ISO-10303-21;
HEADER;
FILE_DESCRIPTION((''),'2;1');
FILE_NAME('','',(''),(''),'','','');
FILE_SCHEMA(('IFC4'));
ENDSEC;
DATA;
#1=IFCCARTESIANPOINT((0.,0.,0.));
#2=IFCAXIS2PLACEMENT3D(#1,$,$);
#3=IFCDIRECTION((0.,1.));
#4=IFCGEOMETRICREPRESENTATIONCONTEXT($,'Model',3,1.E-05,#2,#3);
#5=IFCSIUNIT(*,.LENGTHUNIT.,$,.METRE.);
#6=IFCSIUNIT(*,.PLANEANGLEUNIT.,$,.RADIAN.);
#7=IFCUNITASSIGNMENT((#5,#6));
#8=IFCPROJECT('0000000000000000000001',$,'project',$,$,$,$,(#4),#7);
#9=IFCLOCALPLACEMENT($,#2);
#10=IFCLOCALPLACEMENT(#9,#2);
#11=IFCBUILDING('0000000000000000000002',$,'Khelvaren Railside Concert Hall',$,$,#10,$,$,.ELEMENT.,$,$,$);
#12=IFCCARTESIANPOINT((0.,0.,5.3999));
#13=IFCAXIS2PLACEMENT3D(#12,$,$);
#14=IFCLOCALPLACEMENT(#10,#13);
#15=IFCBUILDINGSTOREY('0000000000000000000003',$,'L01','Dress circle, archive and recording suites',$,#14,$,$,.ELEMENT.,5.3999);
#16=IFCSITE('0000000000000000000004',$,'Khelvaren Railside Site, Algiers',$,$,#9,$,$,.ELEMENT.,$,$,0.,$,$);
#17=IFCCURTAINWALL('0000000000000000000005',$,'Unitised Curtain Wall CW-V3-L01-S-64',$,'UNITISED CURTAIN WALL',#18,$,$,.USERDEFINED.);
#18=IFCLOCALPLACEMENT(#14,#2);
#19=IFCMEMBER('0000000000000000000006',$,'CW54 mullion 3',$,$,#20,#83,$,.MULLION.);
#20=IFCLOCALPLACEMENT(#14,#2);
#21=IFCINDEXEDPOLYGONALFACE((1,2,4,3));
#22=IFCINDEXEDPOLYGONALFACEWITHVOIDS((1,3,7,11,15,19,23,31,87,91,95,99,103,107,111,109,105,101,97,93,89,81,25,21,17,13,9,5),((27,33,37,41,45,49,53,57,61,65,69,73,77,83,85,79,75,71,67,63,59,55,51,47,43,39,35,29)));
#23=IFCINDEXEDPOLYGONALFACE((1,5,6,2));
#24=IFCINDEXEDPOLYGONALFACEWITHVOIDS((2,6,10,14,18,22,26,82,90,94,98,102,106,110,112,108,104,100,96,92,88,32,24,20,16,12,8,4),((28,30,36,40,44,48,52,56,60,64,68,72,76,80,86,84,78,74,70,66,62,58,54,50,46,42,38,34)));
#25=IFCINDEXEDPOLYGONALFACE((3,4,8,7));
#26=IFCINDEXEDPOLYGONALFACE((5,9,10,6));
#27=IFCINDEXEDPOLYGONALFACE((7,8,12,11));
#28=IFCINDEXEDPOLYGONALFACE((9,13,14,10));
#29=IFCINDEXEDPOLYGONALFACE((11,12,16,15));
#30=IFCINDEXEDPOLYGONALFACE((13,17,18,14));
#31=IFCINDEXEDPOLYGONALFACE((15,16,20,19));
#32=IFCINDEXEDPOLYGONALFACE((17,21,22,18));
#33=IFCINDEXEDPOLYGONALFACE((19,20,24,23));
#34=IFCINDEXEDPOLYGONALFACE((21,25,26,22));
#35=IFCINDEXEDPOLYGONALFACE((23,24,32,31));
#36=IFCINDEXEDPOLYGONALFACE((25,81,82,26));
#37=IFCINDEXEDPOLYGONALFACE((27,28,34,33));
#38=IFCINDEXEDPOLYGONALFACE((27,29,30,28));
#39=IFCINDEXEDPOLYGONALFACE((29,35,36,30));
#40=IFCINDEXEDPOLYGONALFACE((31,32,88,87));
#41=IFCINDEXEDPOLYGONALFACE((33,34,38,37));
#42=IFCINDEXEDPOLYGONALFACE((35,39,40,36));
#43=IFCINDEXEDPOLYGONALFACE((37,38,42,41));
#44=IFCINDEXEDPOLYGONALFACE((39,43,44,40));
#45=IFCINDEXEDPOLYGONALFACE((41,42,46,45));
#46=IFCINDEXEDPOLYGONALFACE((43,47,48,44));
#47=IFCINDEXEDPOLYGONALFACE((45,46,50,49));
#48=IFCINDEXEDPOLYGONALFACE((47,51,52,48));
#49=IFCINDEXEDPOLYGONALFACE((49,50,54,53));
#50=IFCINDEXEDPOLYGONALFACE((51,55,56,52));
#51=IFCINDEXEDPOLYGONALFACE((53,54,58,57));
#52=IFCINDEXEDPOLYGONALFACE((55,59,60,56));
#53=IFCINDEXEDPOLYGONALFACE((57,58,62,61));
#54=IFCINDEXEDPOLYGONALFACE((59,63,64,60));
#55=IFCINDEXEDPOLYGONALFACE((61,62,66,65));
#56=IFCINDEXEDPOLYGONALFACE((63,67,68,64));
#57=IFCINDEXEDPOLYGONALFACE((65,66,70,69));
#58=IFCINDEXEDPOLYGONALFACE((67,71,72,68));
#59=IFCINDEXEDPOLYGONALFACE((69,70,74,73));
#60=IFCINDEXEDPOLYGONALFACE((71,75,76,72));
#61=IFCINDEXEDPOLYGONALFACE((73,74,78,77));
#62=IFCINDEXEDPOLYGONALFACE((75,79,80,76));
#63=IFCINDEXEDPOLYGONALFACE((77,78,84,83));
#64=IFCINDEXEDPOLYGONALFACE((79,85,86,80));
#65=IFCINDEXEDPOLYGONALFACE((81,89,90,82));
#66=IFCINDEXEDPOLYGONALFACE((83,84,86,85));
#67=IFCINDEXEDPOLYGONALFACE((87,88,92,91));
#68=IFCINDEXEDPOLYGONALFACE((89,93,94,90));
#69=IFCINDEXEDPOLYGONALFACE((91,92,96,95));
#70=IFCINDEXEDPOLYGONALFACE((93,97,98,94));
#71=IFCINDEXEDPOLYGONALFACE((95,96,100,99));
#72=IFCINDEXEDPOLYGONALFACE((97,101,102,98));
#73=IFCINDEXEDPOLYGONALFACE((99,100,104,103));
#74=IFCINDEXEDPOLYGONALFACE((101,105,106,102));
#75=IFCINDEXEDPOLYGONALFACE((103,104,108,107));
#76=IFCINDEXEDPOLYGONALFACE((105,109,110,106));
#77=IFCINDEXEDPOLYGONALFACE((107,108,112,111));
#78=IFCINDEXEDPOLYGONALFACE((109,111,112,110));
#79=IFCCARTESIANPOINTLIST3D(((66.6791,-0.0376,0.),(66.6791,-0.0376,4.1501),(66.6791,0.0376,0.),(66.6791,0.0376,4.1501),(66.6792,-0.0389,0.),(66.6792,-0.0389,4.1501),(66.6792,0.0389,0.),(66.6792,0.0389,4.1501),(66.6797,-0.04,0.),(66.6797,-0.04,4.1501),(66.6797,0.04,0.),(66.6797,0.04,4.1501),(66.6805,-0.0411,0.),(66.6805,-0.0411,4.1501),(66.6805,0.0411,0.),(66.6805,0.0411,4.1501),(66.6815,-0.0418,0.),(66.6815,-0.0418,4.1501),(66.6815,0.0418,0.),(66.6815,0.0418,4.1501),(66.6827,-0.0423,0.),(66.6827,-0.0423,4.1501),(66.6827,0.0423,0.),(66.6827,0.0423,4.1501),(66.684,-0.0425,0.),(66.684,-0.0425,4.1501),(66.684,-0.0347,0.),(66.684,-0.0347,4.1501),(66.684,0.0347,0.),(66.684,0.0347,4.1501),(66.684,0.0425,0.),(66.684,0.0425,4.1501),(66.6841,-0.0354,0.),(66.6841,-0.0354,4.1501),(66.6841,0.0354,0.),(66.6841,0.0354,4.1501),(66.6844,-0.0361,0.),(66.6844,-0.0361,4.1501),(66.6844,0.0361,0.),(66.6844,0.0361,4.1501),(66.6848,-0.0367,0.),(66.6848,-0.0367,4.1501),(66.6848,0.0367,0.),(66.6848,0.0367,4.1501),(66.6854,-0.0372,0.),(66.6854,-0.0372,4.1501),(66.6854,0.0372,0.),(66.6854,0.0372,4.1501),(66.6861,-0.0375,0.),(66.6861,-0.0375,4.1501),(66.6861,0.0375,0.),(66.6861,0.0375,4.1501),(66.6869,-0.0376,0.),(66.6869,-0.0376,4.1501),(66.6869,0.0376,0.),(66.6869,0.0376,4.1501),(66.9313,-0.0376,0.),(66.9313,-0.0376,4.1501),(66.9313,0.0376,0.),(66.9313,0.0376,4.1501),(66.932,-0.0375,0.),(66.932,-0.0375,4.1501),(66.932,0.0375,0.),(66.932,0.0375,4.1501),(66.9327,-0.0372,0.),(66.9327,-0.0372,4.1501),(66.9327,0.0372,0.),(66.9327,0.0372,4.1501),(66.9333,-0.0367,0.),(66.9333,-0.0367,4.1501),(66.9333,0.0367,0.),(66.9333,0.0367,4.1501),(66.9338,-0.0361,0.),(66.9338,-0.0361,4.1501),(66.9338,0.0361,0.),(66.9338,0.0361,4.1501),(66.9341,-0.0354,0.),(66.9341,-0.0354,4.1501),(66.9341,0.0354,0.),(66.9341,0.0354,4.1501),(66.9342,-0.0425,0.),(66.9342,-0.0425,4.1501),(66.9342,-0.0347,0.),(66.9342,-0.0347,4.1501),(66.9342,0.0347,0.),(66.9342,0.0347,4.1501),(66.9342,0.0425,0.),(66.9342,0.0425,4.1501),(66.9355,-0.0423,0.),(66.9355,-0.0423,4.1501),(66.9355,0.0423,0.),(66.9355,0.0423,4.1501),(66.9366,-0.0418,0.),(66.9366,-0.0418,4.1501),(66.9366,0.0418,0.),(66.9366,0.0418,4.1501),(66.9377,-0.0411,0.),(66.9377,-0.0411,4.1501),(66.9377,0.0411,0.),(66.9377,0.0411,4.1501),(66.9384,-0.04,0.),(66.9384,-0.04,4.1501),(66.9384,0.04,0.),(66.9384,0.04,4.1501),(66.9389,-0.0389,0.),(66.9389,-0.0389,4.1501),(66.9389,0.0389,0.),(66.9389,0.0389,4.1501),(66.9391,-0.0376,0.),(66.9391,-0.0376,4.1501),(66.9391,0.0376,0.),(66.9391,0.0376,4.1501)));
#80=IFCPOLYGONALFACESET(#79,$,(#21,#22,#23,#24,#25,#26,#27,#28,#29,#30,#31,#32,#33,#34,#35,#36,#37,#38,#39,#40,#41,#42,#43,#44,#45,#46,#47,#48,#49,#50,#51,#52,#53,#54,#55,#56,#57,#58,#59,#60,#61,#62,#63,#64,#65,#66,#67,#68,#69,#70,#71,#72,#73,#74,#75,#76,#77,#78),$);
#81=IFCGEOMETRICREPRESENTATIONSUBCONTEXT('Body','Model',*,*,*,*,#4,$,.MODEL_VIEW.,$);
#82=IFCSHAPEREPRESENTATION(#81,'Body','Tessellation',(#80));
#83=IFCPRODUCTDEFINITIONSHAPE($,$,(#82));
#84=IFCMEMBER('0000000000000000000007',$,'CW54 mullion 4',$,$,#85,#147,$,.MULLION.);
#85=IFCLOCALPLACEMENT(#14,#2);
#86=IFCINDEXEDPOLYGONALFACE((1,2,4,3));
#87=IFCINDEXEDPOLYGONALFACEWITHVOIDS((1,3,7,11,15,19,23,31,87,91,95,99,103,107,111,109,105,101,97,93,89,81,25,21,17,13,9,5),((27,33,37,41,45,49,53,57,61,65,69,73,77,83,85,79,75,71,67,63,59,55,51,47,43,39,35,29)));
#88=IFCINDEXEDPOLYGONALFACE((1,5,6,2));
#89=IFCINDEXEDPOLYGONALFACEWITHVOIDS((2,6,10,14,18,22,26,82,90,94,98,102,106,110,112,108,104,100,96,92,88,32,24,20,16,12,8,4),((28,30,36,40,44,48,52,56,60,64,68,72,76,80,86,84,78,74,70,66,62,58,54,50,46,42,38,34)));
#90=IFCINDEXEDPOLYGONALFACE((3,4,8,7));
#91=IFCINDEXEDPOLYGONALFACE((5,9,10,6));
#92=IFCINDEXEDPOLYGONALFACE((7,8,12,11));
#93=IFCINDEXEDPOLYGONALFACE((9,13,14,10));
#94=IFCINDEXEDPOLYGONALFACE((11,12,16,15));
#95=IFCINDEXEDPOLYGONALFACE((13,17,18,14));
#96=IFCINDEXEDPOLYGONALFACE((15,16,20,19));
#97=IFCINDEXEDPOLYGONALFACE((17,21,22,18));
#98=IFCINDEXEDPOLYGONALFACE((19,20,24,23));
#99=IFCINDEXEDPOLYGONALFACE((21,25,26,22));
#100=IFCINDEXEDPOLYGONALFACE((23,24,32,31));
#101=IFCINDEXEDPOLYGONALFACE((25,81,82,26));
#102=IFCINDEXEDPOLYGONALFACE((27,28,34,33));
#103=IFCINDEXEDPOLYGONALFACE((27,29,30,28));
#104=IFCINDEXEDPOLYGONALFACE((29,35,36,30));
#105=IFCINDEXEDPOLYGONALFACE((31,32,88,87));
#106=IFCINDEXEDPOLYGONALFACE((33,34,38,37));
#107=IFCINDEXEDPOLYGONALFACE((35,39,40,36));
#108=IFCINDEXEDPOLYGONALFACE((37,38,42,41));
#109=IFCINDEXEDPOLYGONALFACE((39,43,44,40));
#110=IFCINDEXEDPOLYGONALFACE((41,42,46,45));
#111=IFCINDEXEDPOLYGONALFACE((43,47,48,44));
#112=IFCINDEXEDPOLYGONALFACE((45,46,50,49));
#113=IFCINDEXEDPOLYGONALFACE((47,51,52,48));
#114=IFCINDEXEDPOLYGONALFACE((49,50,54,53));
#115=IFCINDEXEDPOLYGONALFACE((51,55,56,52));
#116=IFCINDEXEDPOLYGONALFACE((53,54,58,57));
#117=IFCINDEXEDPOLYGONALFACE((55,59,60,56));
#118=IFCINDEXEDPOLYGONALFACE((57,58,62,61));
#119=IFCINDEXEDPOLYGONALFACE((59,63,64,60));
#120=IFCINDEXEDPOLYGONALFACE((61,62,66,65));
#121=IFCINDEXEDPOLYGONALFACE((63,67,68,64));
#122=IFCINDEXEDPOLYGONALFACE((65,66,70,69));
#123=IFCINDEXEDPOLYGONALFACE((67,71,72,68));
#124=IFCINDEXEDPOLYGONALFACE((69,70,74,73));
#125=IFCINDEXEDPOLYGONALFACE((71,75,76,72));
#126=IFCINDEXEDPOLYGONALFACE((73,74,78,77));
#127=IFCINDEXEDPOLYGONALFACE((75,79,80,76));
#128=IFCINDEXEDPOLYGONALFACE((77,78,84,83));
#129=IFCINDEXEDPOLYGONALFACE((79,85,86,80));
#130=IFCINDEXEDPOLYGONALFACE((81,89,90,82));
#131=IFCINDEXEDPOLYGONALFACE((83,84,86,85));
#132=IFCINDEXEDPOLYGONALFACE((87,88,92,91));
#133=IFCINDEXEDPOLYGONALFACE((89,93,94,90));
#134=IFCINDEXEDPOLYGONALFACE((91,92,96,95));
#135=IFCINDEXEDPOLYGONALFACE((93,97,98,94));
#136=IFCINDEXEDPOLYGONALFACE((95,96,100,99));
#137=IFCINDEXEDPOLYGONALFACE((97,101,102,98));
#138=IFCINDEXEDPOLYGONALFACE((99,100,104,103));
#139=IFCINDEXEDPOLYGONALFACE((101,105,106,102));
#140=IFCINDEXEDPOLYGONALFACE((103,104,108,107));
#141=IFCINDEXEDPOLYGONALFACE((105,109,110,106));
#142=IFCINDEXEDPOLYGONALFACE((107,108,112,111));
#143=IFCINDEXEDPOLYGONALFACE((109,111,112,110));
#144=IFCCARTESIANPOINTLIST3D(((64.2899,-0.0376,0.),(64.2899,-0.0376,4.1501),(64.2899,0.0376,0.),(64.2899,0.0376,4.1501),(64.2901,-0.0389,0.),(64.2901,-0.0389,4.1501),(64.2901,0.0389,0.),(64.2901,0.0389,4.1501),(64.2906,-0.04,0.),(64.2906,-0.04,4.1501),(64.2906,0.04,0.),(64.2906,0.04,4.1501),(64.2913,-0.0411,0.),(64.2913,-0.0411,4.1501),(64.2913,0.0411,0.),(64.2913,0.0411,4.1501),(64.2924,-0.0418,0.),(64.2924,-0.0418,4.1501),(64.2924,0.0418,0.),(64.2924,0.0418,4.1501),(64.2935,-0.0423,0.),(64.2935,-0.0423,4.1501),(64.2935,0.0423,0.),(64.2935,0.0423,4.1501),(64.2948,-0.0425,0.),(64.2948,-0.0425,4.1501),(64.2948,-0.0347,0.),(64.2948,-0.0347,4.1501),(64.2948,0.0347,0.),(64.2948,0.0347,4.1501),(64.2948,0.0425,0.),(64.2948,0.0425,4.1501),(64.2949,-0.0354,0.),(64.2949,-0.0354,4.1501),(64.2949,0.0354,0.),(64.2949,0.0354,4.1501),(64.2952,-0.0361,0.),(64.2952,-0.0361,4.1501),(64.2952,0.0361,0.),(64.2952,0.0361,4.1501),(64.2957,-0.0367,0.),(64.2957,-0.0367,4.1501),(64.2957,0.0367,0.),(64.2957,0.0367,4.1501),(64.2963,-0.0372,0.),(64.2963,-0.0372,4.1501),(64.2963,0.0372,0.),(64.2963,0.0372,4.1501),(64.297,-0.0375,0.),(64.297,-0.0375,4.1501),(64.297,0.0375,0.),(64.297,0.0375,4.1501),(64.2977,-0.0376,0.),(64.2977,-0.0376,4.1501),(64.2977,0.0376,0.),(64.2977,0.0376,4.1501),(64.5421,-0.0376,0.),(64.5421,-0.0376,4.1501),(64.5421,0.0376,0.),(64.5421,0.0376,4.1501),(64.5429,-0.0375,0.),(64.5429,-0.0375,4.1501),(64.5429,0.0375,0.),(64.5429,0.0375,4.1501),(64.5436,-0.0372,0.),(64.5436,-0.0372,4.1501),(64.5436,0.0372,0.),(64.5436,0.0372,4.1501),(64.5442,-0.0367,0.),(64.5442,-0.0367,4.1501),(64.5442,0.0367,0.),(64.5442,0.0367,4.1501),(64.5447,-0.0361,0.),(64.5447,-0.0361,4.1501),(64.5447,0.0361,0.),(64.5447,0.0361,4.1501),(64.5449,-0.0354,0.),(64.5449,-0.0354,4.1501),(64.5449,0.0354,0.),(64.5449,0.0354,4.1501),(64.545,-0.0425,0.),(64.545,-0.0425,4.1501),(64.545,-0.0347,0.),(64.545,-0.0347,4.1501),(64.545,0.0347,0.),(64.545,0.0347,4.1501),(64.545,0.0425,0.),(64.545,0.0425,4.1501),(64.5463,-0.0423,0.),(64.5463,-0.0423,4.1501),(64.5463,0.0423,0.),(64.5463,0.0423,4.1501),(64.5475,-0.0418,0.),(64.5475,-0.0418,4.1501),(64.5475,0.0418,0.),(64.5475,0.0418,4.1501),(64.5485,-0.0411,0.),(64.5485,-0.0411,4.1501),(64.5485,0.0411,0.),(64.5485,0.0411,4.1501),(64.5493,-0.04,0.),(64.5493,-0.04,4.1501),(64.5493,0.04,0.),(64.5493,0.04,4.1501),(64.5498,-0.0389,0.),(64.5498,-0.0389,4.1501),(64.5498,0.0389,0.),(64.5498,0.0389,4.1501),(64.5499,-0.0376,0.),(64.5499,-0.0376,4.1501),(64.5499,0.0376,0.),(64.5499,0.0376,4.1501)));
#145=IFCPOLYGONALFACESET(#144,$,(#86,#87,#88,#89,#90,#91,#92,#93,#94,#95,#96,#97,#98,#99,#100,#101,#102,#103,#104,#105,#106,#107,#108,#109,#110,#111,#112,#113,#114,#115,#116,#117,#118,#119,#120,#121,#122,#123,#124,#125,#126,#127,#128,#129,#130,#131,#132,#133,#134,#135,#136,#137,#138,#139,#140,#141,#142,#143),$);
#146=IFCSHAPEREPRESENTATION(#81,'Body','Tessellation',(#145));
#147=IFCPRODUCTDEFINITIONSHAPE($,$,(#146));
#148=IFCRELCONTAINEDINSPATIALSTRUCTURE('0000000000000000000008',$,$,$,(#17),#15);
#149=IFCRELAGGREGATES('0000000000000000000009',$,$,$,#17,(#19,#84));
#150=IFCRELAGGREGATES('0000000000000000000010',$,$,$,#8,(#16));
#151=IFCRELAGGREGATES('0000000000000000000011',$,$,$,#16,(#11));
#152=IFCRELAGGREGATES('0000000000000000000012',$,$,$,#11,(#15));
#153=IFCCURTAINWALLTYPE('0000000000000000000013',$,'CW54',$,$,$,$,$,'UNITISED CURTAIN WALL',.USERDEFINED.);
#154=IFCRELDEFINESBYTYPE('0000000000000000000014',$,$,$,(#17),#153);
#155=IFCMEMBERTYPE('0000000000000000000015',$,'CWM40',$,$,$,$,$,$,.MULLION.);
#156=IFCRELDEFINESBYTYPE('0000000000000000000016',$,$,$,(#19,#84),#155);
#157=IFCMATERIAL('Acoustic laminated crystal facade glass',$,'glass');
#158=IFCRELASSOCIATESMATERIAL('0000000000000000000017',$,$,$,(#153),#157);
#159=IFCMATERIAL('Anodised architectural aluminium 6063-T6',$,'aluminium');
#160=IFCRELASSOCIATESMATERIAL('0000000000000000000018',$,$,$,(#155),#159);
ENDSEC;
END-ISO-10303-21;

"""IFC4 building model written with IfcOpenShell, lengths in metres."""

from ifc_helpers import new_model, si_unit, direction, frame, origin, origin_2d, place, context, subcontext, project, spatial, hollow_rectangle, extrude, material, material_profile, profile_set, type_object, element, aggregate, save


model = new_model("IFC4")

# Units and contexts
model_context = context("Model", 3, precision=1e-05, world=origin(), true_north=direction((0.0, 1.0)))
body_context = subcontext(model_context, "Body", "Model", "MODEL_VIEW")
ifc_project = project(units=[si_unit("LENGTHUNIT", "METRE"), si_unit("PLANEANGLEUNIT", "RADIAN")], contexts=[model_context])

# Site, building, storey
site_placement = place(None, origin())
site = spatial("IfcSite", under=ifc_project, at=site_placement, Name="Khelvaren Railside Site, Algiers", CompositionType="ELEMENT", RefElevation=0.0)
building_placement = place(site_placement, origin())
building = spatial("IfcBuilding", under=site, at=building_placement, Name="Khelvaren Railside Concert Hall", CompositionType="ELEMENT")
storey_placement = place(building_placement, frame((0.0, 0.0, 5.3999)))
storey = spatial("IfcBuildingStorey", under=building, at=storey_placement, Name="L01", Description="Dress circle, archive and recording suites", CompositionType="ELEMENT", Elevation=5.3999)

# Curtain wall, members
ifc_material_1 = material(Name="Acoustic laminated crystal facade glass", Category="glass")
curtain_wall_type = type_object("IfcCurtainWallType", Name="CW54", ElementType="UNITISED CURTAIN WALL", PredefinedType="USERDEFINED", material=ifc_material_1)
curtain_wall_placement = place(storey_placement, origin())
curtain_wall = element("IfcCurtainWall", 1, at=curtain_wall_placement, inside=storey, type_object=curtain_wall_type, Name="Unitised Curtain Wall CW-V3-L01-S-64", ObjectType="UNITISED CURTAIN WALL", PredefinedType="USERDEFINED")
ifc_material_2 = material(Name="Anodised architectural aluminium 6063-T6", Category="aluminium")
ifc_material_profile_1 = material_profile(ifc_material_2, hollow_rectangle(XDim=0.085, YDim=0.26, WallThickness=0.0049, InnerFilletRadius=0.0029, OuterFilletRadius=0.0049, at=origin_2d()), Name="CWM 85x260x5")
ifc_profile_set_1 = profile_set([ifc_material_profile_1], Name="Anodised architectural aluminium 6063-T6")
member_type_1 = type_object("IfcMemberType", Name="CWM40", PredefinedType="MULLION", material=ifc_profile_set_1)
member_1_placement = place(storey_placement, frame((66.8091, 0.0, 0.0), z_axis=(0.0, 0.0, 1.0), x_axis=(0.0, -1.0, 0.0)))
member_1 = element("IfcMember", 2, at=member_1_placement, type_object=member_type_1, Name="CW54 mullion 3", PredefinedType="MULLION", context=body_context, shape_type="SweptSolid", body=[
    extrude(hollow_rectangle(XDim=0.085, YDim=0.26, WallThickness=0.0049, InnerFilletRadius=0.0029, OuterFilletRadius=0.0049, at=origin_2d()), origin(), (0.0, 0.0, 1.0), 4.1501),
])
member_2_placement = place(storey_placement, frame((64.4199, 0.0, 0.0), z_axis=(0.0, 0.0, 1.0), x_axis=(0.0, -1.0, 0.0)))
member_2 = element("IfcMember", 3, at=member_2_placement, type_object=member_type_1, Name="CW54 mullion 4", PredefinedType="MULLION", context=body_context, shape_type="SweptSolid", body=[
    extrude(hollow_rectangle(XDim=0.085, YDim=0.26, WallThickness=0.0049, InnerFilletRadius=0.0029, OuterFilletRadius=0.0049, at=origin_2d()), origin(), (0.0, 0.0, 1.0), 4.1501),
])

aggregate(curtain_wall, [member_1, member_2])

save(model, "model.ifc")
